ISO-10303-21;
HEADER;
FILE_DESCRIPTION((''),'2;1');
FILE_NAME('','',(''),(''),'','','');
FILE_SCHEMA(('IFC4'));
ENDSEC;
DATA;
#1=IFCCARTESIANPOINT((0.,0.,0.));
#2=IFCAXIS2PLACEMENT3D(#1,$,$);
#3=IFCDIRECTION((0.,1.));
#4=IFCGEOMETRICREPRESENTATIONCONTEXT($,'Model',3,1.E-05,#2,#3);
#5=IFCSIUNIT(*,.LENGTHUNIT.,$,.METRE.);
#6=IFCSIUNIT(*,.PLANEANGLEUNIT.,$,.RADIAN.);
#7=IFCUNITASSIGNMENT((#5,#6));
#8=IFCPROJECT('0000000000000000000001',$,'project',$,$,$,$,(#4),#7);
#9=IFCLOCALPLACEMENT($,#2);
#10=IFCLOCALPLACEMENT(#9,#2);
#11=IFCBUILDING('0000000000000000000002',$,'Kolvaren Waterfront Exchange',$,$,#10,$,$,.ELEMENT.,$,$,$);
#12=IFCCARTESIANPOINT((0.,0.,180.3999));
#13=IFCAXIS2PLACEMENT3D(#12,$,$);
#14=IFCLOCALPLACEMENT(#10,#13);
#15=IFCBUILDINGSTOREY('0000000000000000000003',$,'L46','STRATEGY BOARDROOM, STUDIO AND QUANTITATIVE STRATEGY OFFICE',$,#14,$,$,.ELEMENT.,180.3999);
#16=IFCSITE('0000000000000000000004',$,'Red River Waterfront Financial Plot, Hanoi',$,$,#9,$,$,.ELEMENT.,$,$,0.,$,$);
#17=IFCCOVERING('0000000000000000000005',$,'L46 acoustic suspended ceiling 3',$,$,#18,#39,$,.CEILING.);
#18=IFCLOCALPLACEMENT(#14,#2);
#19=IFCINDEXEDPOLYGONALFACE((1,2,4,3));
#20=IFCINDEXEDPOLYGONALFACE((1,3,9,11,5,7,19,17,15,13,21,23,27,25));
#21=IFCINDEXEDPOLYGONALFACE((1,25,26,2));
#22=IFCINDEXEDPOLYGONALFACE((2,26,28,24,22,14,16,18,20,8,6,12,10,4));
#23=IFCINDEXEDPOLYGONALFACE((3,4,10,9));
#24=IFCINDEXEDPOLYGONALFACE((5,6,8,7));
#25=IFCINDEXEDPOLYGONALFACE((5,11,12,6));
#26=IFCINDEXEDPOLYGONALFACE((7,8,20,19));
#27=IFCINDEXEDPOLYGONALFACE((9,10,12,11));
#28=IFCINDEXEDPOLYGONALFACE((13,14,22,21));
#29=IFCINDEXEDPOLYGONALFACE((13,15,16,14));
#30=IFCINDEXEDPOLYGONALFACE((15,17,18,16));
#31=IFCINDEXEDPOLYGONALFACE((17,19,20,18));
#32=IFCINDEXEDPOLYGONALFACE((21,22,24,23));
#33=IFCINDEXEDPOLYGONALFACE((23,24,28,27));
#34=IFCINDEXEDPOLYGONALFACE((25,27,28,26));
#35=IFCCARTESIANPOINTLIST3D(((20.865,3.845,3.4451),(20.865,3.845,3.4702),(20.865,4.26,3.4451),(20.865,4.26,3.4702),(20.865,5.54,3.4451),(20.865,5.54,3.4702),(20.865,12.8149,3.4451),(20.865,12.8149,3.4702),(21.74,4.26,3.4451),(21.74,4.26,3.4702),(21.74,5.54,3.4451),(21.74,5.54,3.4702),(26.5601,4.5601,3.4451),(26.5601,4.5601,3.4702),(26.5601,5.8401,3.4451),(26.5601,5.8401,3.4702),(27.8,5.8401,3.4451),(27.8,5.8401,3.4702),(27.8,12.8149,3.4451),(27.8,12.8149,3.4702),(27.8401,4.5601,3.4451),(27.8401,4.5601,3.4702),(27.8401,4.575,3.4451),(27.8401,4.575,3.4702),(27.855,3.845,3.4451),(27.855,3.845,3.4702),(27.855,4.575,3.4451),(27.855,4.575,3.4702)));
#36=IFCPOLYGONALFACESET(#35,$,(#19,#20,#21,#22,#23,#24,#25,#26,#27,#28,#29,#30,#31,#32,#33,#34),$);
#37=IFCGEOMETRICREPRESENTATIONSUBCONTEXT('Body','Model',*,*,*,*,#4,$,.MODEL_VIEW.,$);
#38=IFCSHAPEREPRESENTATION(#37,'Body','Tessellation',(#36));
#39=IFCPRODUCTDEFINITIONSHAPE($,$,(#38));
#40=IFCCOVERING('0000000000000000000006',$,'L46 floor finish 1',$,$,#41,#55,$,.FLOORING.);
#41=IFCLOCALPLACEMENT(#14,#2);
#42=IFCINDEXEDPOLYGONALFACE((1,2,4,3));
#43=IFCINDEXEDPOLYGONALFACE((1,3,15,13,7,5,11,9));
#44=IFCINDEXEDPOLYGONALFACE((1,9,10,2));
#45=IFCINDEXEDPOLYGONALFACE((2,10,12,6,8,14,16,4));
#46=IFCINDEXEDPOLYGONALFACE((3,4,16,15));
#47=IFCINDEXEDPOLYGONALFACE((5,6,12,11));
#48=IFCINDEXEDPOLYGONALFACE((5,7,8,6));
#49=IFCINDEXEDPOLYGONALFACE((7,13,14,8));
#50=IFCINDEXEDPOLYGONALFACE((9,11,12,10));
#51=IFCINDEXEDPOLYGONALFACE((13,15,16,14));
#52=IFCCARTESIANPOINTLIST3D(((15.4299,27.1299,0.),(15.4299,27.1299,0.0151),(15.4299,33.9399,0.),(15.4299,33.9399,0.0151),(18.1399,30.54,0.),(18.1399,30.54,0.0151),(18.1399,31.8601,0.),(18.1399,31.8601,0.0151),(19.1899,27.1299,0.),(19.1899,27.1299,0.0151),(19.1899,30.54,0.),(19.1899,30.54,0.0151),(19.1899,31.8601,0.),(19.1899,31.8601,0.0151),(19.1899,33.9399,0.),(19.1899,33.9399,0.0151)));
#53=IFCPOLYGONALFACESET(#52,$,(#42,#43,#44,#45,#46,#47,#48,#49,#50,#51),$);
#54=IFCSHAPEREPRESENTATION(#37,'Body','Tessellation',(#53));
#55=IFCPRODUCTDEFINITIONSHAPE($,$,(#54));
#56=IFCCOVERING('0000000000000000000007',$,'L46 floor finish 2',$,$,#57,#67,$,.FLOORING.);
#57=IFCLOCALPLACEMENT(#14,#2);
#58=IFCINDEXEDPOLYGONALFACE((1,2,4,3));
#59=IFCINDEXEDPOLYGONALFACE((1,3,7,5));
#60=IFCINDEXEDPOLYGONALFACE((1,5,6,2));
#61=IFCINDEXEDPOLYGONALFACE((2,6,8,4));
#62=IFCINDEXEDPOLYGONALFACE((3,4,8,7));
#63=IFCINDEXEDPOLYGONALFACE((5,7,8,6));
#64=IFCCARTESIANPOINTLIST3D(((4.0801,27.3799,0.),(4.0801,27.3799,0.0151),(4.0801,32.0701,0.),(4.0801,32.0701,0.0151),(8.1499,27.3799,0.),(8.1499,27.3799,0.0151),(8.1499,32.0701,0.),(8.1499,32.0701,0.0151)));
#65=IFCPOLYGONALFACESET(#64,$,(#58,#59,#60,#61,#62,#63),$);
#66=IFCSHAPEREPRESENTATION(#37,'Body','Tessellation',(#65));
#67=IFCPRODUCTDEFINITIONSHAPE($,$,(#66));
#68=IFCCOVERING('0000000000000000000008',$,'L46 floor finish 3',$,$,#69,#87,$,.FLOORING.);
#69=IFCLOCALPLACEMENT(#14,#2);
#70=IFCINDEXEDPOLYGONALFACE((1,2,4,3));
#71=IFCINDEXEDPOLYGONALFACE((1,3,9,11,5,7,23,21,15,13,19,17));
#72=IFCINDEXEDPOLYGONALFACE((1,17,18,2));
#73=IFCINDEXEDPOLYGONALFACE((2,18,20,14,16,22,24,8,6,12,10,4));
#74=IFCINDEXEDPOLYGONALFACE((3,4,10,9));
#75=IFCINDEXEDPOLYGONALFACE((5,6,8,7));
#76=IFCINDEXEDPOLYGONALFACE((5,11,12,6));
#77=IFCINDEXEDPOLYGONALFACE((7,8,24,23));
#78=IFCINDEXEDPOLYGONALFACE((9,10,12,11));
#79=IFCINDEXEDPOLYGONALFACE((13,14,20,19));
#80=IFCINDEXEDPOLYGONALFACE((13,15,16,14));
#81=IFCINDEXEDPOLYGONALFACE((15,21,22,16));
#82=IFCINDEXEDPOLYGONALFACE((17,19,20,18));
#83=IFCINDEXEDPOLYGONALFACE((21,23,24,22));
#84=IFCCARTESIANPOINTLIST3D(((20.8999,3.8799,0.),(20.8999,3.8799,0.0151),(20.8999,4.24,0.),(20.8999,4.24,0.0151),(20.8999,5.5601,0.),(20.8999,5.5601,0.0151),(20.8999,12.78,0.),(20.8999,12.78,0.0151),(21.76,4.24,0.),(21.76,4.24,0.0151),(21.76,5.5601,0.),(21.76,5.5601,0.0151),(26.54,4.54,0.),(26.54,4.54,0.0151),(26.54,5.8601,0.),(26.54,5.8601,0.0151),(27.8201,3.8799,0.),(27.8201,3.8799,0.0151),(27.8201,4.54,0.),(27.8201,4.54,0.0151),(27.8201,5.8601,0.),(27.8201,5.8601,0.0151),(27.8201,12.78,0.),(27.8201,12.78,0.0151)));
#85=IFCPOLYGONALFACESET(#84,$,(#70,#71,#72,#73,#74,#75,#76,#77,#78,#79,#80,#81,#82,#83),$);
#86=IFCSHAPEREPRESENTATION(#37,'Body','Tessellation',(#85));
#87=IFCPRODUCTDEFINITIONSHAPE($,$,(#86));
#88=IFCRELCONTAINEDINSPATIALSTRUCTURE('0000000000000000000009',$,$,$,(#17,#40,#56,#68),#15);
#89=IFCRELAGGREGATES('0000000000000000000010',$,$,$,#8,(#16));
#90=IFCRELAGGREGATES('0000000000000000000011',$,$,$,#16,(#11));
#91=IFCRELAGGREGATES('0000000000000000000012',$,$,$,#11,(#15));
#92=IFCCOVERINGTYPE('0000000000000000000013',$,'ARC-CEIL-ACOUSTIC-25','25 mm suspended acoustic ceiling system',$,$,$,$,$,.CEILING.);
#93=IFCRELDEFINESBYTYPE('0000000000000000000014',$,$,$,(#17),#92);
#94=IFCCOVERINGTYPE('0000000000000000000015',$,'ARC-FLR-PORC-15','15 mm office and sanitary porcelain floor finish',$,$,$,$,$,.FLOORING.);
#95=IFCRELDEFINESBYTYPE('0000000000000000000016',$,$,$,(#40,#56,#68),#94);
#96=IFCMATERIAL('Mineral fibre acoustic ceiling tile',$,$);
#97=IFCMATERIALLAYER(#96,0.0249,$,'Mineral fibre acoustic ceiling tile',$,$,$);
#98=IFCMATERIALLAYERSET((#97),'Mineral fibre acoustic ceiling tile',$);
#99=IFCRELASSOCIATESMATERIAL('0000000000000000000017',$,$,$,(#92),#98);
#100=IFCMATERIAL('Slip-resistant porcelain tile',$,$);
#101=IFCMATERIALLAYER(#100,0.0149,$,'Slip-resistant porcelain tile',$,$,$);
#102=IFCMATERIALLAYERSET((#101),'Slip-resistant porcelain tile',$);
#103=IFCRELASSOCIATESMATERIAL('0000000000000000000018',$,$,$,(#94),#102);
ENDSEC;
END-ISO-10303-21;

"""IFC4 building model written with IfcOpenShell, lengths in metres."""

from ifc_helpers import new_model, si_unit, direction, frame, origin, place, context, subcontext, project, spatial, polyline, outline, extrude, material, layer, layer_set, type_object, element, save


model = new_model("IFC4")

# Units and contexts
model_context = context("Model", 3, precision=1e-05, world=origin(), true_north=direction((0.0, 1.0)))
body_context = subcontext(model_context, "Body", "Model", "MODEL_VIEW")
ifc_project = project(units=[si_unit("LENGTHUNIT", "METRE"), si_unit("PLANEANGLEUNIT", "RADIAN")], contexts=[model_context])

# Site, building, storey
site_placement = place(None, origin())
site = spatial("IfcSite", under=ifc_project, at=site_placement, Name="Red River Waterfront Financial Plot, Hanoi", CompositionType="ELEMENT", RefElevation=0.0)
building_placement = place(site_placement, origin())
building = spatial("IfcBuilding", under=site, at=building_placement, Name="Kolvaren Waterfront Exchange", CompositionType="ELEMENT")
storey_placement = place(building_placement, frame((0.0, 0.0, 180.3999)))
storey = spatial("IfcBuildingStorey", under=building, at=storey_placement, Name="L46", Description="STRATEGY BOARDROOM, STUDIO AND QUANTITATIVE STRATEGY OFFICE", CompositionType="ELEMENT", Elevation=180.3999)

# Coverings
ifc_material_1 = material(Name="Mineral fibre acoustic ceiling tile")
ifc_layer_1 = layer(ifc_material_1, 0.0249, Name="Mineral fibre acoustic ceiling tile")
ifc_layer_set_1 = layer_set([ifc_layer_1], Name="Mineral fibre acoustic ceiling tile")
covering_type_1 = type_object("IfcCoveringType", Name="ARC-CEIL-ACOUSTIC-25", Description="25 mm suspended acoustic ceiling system", PredefinedType="CEILING", material=ifc_layer_set_1)
covering_1_placement = place(storey_placement, frame((0.0, 0.0, 3.4451)))
element("IfcCovering", 1, at=covering_1_placement, inside=storey, type_object=covering_type_1, Name="L46 acoustic suspended ceiling 3", PredefinedType="CEILING", context=body_context, shape_type="SweptSolid", body=[
    extrude(outline(polyline([(20.865, 5.54), (21.74, 5.54), (21.74, 4.26), (20.865, 4.26), (20.865, 3.845), (27.855, 3.845), (27.855, 4.575), (27.8401, 4.575), (27.8401, 4.5601), (26.5601, 4.5601), (26.5601, 5.8401), (27.8, 5.8401), (27.8, 12.8149), (20.865, 12.8149), (20.865, 5.54)])), origin(), (0.0, 0.0, 1.0), 0.0251),
])
ifc_material_2 = material(Name="Slip-resistant porcelain tile")
ifc_layer_2 = layer(ifc_material_2, 0.0149, Name="Slip-resistant porcelain tile")
ifc_layer_set_2 = layer_set([ifc_layer_2], Name="Slip-resistant porcelain tile")
covering_type_2 = type_object("IfcCoveringType", Name="ARC-FLR-PORC-15", Description="15 mm office and sanitary porcelain floor finish", PredefinedType="FLOORING", material=ifc_layer_set_2)
covering_2_placement = place(storey_placement, origin())
element("IfcCovering", 2, at=covering_2_placement, inside=storey, type_object=covering_type_2, Name="L46 floor finish 1", PredefinedType="FLOORING", context=body_context, shape_type="SweptSolid", body=[
    extrude(outline(polyline([(15.4299, 33.9399), (15.4299, 27.1299), (19.1899, 27.1299), (19.1899, 30.54), (18.1399, 30.54), (18.1399, 31.8601), (19.1899, 31.8601), (19.1899, 33.9399), (15.4299, 33.9399)])), origin(), (0.0, 0.0, 1.0), 0.0151),
])
covering_3_placement = place(storey_placement, origin())
element("IfcCovering", 3, at=covering_3_placement, inside=storey, type_object=covering_type_2, Name="L46 floor finish 2", PredefinedType="FLOORING", context=body_context, shape_type="SweptSolid", body=[
    extrude(outline(polyline([(4.0801, 32.0701), (4.0801, 27.3799), (8.1499, 27.3799), (8.1499, 32.0701), (4.0801, 32.0701)])), origin(), (0.0, 0.0, 1.0), 0.0151),
])
covering_4_placement = place(storey_placement, origin())
element("IfcCovering", 4, at=covering_4_placement, inside=storey, type_object=covering_type_2, Name="L46 floor finish 3", PredefinedType="FLOORING", context=body_context, shape_type="SweptSolid", body=[
    extrude(outline(polyline([(20.8999, 4.24), (20.8999, 3.8799), (27.8201, 3.8799), (27.8201, 4.54), (26.54, 4.54), (26.54, 5.8601), (27.8201, 5.8601), (27.8201, 12.78), (20.8999, 12.78), (20.8999, 5.5601), (21.76, 5.5601), (21.76, 4.24), (20.8999, 4.24)])), origin(), (0.0, 0.0, 1.0), 0.0151),
])

save(model, "model.ifc")
